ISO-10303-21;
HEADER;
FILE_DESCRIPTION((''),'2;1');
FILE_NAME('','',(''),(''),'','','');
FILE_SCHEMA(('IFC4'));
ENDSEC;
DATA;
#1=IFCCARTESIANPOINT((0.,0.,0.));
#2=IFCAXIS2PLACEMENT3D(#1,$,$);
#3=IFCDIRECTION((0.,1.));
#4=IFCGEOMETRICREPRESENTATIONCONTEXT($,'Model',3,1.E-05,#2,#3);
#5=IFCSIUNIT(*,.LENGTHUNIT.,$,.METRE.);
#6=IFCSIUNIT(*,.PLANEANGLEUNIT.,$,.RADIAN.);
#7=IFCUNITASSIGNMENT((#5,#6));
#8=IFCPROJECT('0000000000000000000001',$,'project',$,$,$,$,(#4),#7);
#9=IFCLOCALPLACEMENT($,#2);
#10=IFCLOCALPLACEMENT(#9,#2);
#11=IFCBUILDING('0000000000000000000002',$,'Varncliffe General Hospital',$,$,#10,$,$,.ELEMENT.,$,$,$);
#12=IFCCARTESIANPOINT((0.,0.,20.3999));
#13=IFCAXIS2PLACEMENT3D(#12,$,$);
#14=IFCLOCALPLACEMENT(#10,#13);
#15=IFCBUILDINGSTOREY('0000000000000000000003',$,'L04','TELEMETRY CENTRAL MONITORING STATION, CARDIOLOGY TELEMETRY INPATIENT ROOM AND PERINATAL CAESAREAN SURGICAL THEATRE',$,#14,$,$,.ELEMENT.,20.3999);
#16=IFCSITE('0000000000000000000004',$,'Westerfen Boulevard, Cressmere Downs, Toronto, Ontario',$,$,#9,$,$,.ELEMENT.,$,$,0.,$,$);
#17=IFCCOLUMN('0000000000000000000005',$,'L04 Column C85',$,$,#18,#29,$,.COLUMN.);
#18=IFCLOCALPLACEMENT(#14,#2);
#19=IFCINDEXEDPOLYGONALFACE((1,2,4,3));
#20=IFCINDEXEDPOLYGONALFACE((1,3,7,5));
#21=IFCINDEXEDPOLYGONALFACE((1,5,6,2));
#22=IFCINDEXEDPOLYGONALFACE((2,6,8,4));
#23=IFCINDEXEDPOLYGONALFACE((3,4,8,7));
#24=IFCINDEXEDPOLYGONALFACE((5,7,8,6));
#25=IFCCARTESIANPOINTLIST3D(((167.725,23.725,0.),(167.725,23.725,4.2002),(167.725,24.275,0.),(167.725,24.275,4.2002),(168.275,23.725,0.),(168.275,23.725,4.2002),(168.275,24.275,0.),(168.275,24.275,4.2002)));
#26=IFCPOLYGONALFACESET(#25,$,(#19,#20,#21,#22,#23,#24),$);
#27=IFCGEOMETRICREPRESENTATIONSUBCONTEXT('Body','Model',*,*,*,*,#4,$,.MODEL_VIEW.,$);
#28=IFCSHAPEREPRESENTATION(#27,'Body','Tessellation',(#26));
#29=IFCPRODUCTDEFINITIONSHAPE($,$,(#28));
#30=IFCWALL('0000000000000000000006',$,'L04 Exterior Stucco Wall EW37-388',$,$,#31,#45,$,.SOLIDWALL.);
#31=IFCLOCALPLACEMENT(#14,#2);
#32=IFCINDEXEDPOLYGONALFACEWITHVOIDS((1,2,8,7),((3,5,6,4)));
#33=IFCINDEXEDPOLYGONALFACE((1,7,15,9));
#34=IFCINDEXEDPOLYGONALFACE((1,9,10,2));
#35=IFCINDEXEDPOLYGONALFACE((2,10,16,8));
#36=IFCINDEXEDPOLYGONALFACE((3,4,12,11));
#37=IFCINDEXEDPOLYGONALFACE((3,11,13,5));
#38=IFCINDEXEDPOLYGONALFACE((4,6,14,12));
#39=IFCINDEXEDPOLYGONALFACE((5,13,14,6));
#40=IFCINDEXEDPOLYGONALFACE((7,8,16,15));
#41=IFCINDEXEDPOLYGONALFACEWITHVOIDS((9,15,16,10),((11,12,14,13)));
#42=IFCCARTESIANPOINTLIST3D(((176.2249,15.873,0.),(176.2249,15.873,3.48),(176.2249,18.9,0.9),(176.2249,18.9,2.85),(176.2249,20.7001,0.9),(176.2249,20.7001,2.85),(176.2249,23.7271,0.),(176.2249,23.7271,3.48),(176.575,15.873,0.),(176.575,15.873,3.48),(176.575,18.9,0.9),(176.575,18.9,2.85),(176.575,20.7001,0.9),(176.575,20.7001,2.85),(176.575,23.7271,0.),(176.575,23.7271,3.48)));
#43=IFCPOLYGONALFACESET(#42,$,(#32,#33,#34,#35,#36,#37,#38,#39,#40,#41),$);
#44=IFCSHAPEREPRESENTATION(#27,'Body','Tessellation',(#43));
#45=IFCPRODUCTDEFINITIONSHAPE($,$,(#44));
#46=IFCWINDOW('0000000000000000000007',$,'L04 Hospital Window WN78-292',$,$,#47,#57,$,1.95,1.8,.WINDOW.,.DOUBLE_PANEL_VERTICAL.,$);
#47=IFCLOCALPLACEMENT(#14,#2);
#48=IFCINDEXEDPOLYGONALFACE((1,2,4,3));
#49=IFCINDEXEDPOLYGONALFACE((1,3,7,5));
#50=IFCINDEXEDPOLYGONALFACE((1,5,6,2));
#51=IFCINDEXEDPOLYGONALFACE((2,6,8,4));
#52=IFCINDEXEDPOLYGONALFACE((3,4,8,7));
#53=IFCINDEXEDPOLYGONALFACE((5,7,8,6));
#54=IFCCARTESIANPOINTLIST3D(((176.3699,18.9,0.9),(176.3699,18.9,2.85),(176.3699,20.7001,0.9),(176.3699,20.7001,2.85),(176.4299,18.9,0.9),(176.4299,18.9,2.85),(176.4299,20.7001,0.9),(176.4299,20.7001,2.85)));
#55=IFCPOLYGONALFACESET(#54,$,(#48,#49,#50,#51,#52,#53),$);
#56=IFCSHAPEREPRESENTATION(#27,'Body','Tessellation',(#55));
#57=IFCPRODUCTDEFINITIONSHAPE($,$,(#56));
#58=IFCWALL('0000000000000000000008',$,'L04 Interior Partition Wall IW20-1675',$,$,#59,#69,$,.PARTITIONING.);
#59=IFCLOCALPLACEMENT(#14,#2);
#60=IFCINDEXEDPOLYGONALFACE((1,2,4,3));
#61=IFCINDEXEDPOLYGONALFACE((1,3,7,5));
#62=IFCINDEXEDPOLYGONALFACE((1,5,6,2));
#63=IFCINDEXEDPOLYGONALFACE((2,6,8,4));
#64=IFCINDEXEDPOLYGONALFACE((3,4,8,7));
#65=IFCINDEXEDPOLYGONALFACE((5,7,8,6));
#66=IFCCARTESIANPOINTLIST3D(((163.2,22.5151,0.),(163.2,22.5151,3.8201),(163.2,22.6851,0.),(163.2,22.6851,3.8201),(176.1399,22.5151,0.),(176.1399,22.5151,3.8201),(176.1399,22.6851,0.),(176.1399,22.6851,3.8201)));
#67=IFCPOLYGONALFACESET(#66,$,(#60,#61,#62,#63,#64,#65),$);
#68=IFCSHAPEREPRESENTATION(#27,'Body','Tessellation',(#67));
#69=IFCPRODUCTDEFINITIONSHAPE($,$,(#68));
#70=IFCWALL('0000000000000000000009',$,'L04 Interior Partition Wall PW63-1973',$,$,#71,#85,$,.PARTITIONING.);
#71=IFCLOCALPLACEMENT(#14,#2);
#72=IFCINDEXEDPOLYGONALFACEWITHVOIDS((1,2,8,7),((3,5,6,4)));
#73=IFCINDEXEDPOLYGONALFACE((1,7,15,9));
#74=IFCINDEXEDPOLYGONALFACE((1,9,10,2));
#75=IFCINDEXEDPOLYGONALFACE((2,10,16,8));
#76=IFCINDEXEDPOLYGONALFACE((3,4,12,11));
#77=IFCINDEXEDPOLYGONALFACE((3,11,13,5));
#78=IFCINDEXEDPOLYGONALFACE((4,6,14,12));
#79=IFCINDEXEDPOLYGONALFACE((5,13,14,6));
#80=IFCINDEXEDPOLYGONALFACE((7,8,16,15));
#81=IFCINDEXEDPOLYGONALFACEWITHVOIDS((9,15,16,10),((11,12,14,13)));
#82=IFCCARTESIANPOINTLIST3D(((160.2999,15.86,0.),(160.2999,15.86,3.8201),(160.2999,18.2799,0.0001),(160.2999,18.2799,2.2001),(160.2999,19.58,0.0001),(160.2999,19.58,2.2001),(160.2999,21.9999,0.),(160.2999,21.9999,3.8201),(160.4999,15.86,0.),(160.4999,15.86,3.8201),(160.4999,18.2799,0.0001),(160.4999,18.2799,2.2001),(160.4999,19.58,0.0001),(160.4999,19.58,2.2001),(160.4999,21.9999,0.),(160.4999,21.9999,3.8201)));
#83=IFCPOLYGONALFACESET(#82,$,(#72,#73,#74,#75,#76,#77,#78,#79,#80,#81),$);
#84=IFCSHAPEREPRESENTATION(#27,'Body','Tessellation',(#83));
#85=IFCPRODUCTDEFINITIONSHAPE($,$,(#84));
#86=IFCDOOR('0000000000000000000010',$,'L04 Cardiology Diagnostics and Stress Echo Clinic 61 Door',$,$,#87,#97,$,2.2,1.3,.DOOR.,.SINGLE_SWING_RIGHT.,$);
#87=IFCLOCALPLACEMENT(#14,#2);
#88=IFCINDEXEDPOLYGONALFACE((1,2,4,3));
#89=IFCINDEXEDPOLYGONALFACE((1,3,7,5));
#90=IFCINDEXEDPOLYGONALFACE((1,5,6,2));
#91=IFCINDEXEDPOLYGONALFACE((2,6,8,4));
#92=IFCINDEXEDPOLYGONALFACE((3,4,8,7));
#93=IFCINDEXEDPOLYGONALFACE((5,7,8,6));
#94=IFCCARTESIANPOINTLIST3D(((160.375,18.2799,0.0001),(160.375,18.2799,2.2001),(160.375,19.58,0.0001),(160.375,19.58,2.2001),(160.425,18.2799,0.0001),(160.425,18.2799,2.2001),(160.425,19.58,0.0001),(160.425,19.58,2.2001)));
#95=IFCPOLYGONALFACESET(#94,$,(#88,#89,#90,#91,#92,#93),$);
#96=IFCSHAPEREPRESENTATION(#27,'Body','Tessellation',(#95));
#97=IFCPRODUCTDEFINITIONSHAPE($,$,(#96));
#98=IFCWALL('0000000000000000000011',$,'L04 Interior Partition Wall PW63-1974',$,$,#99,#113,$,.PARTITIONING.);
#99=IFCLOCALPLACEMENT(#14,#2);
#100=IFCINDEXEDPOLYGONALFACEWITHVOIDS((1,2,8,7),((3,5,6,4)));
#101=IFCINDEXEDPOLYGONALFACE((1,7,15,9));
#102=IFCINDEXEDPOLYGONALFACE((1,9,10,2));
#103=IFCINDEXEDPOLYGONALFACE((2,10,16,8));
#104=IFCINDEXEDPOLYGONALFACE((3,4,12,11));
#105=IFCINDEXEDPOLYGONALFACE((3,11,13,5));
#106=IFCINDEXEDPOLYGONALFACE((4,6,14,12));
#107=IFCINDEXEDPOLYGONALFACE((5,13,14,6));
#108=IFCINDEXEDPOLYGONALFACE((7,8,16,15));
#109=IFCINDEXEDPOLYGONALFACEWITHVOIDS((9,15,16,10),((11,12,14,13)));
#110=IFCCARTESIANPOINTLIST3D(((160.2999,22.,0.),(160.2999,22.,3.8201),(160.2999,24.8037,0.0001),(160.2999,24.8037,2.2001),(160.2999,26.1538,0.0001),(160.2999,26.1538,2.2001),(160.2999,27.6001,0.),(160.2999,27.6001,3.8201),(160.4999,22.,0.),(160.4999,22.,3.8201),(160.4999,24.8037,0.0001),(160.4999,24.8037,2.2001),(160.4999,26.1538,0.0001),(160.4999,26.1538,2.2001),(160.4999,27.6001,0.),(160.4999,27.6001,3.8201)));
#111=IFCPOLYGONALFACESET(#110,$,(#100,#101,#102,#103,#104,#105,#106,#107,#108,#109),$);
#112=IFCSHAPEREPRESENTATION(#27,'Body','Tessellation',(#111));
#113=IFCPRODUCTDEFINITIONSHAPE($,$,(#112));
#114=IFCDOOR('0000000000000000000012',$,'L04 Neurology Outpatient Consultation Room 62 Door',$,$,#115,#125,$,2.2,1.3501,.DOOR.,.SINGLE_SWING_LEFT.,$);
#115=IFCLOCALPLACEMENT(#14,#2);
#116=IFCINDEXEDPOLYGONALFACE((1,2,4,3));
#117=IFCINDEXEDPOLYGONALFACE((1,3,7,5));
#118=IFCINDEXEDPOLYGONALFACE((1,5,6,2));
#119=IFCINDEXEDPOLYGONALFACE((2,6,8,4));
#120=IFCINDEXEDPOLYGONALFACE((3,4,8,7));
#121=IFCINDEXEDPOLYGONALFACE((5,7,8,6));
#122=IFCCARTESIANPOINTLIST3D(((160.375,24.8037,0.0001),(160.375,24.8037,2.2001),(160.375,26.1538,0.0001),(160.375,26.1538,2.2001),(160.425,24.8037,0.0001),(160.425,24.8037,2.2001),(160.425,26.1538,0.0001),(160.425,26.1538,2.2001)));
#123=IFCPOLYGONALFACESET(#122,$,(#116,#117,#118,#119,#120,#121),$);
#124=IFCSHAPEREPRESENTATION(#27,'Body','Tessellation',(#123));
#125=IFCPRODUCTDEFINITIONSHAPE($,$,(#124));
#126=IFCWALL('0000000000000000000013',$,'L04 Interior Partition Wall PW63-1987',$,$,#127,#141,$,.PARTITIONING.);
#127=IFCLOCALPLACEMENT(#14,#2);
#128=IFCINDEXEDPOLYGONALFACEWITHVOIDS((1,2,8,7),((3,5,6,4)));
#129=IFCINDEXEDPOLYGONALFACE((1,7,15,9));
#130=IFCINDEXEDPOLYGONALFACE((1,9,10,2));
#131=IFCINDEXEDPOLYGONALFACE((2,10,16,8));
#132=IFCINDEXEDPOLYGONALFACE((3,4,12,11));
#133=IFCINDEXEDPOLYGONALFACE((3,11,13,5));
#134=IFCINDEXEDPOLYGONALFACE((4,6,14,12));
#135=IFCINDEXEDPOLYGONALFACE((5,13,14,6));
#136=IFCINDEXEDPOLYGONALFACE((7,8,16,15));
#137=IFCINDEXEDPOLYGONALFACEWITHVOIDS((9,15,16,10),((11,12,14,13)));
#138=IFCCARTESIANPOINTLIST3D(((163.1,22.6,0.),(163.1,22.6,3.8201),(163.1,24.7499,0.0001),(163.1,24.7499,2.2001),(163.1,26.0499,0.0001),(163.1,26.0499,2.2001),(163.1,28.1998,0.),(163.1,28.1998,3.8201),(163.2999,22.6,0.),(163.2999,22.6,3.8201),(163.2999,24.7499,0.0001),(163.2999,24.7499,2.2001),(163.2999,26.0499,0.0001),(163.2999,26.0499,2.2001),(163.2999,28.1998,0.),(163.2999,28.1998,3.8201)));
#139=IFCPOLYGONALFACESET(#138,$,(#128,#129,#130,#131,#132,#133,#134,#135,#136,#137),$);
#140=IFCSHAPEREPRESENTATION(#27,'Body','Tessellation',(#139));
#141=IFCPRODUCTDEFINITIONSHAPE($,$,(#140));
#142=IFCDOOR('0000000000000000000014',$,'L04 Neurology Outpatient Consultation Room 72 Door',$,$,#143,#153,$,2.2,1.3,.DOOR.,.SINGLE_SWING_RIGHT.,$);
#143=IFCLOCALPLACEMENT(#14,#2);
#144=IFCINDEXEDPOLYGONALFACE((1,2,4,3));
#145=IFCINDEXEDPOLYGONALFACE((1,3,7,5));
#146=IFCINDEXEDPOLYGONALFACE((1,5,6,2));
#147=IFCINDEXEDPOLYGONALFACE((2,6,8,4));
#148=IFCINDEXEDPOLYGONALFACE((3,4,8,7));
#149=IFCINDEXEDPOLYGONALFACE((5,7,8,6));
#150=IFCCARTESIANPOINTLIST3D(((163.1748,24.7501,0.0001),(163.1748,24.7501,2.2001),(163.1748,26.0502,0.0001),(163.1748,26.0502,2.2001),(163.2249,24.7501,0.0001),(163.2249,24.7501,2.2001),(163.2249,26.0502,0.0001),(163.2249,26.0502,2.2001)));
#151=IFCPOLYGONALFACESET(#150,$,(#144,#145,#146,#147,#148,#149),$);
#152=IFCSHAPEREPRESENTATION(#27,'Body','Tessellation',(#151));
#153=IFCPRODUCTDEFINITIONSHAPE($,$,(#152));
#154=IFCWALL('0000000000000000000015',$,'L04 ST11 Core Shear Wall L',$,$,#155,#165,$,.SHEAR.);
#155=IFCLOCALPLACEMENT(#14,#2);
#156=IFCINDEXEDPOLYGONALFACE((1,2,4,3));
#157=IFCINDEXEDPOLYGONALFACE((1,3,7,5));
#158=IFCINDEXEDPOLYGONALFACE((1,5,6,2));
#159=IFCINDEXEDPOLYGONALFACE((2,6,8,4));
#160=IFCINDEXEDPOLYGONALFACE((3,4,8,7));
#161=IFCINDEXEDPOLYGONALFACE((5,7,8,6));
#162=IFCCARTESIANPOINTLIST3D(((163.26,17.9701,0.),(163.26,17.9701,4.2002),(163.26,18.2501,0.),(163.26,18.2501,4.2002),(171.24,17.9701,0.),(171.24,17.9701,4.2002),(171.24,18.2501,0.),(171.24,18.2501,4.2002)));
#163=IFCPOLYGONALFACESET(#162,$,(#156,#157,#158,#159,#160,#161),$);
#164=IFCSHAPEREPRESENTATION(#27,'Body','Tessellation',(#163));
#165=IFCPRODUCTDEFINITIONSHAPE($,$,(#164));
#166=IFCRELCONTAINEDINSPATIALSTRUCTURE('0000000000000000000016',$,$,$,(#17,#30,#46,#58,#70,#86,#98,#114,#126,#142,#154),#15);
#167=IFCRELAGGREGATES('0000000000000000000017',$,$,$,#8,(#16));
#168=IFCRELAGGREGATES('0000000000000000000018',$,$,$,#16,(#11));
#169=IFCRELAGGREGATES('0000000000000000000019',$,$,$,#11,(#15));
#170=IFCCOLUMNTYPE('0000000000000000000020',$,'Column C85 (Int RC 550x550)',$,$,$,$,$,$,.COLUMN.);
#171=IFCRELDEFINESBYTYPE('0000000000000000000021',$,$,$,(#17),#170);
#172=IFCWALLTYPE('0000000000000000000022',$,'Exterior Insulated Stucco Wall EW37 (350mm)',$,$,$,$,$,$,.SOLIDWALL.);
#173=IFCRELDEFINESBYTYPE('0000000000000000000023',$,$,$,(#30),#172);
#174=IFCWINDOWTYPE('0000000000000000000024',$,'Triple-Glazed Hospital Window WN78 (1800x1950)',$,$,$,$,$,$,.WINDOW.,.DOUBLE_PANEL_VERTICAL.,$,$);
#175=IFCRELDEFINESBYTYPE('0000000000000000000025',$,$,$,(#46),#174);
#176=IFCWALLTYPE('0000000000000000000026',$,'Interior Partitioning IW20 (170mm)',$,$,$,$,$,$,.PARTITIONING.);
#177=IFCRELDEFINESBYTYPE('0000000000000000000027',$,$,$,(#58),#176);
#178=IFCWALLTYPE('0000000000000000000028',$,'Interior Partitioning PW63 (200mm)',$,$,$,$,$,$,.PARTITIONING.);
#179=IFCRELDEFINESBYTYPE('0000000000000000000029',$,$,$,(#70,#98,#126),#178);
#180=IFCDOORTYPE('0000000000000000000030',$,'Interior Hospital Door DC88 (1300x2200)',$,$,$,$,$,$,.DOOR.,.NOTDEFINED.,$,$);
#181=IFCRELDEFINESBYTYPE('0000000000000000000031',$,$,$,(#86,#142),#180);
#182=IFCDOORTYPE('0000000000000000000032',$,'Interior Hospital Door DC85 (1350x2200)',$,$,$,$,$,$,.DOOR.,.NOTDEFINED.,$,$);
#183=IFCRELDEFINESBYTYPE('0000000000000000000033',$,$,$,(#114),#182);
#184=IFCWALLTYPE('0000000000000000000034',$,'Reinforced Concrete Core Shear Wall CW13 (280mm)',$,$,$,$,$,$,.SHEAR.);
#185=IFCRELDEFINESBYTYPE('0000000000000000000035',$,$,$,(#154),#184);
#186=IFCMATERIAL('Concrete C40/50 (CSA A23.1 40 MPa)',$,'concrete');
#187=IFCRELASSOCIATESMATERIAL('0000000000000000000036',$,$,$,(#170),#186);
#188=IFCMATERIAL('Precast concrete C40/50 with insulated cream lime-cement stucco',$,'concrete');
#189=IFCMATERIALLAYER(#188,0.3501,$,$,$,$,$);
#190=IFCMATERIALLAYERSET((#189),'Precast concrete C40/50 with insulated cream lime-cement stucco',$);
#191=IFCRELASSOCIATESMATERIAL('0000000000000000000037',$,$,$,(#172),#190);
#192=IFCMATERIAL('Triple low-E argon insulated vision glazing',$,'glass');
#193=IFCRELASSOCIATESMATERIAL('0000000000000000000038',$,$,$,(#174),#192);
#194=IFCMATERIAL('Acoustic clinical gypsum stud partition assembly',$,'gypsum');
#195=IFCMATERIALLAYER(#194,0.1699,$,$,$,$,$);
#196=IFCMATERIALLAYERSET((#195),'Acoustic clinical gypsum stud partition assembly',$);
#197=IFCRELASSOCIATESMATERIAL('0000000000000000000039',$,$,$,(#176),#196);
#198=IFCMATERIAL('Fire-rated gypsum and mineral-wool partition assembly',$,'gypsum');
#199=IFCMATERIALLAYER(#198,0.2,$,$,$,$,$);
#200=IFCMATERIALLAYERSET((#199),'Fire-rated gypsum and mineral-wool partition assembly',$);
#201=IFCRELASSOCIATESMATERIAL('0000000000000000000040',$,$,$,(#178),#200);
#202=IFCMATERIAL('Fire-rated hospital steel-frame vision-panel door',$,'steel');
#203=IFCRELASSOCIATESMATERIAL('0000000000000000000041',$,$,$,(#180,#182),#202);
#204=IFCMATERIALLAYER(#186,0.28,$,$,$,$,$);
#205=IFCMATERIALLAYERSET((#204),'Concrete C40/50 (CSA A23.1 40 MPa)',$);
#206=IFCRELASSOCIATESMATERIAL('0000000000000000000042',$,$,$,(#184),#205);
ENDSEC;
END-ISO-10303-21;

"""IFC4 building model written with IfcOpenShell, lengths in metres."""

from ifc_helpers import new_model, si_unit, direction, frame, frame_2d, origin, origin_2d, place, context, subcontext, project, spatial, rectangle, extrude, material, layer, layer_set, material_profile, profile_set, type_object, element, fill, save


model = new_model("IFC4")

# Units and contexts
model_context = context("Model", 3, precision=1e-05, world=origin(), true_north=direction((0.0, 1.0)))
body_context = subcontext(model_context, "Body", "Model", "MODEL_VIEW")
ifc_project = project(units=[si_unit("LENGTHUNIT", "METRE"), si_unit("PLANEANGLEUNIT", "RADIAN")], contexts=[model_context])

# Site, building, storey
site_placement = place(None, origin())
site = spatial("IfcSite", under=ifc_project, at=site_placement, Name="Westerfen Boulevard, Cressmere Downs, Toronto, Ontario", CompositionType="ELEMENT", RefElevation=0.0)
building_placement = place(site_placement, origin())
building = spatial("IfcBuilding", under=site, at=building_placement, Name="Varncliffe General Hospital", CompositionType="ELEMENT")
storey_placement = place(building_placement, frame((0.0, 0.0, 20.3999)))
storey = spatial("IfcBuildingStorey", under=building, at=storey_placement, Name="L04", Description="TELEMETRY CENTRAL MONITORING STATION, CARDIOLOGY TELEMETRY INPATIENT ROOM AND PERINATAL CAESAREAN SURGICAL THEATRE", CompositionType="ELEMENT", Elevation=20.3999)

# Column
ifc_material_1 = material(Name="Concrete C40/50 (CSA A23.1 40 MPa)", Category="concrete")
ifc_material_profile = material_profile(ifc_material_1, rectangle(XDim=0.55, YDim=0.55, at=origin_2d()), Name="RC 550x550")
ifc_profile_set = profile_set([ifc_material_profile], Name="Concrete C40/50 (CSA A23.1 40 MPa)")
column_type = type_object("IfcColumnType", Name="Column C85 (Int RC 550x550)", PredefinedType="COLUMN", material=ifc_profile_set)
column_placement = place(storey_placement, frame((168.0, 24.0, 0.0), z_axis=(0.0, 0.0, 1.0), x_axis=(1.0, 0.0, 0.0)))
element("IfcColumn", 1, at=column_placement, inside=storey, type_object=column_type, Name="L04 Column C85", PredefinedType="COLUMN", context=body_context, shape_type="SweptSolid", body=[
    extrude(rectangle(XDim=0.55, YDim=0.55, at=origin_2d()), origin(), (0.0, 0.0, 1.0), 4.2002),
])

# Wall, opening, window
ifc_material_2 = material(Name="Precast concrete C40/50 with insulated cream lime-cement stucco", Category="concrete")
ifc_layer_1 = layer(ifc_material_2, 0.3501)
ifc_layer_set_1 = layer_set([ifc_layer_1], Name="Precast concrete C40/50 with insulated cream lime-cement stucco")
wall_type_1 = type_object("IfcWallType", Name="Exterior Insulated Stucco Wall EW37 (350mm)", PredefinedType="SOLIDWALL", material=ifc_layer_set_1)
wall_1_placement = place(storey_placement, frame((176.3999, 23.7271, 0.0), z_axis=(0.0, 0.0, 1.0), x_axis=(0.0, -1.0, 0.0)))
wall_1 = element("IfcWall", 2, at=wall_1_placement, inside=storey, type_object=wall_type_1, Name="L04 Exterior Stucco Wall EW37-388", PredefinedType="SOLIDWALL", context=body_context, shape_type="SweptSolid", body=[
    extrude(rectangle(XDim=7.854, YDim=0.3501, at=frame_2d((3.927, 0.0))), origin(), (0.0, 0.0, 1.0), 3.48),
])
opening_1_placement = place(wall_1_placement, frame((3.0271, 0.0, 0.8999)))
opening_1 = element("IfcOpeningElement", 3, at=opening_1_placement, cuts=wall_1, PredefinedType="OPENING", context=body_context, shape_type="SweptSolid", body=[
    extrude(rectangle(XDim=1.8, YDim=1.95, at=frame_2d((0.8999, 0.9751))), frame((0.0, 0.1851, 0.0), z_axis=(0.0, -1.0, 0.0), x_axis=(1.0, 0.0, 0.0)), (0.0, 0.0, 1.0), 0.3701),
])
ifc_material_3 = material(Name="Triple low-E argon insulated vision glazing", Category="glass")
window_type = type_object("IfcWindowType", Name="Triple-Glazed Hospital Window WN78 (1800x1950)", PartitioningType="DOUBLE_PANEL_VERTICAL", PredefinedType="WINDOW", material=ifc_material_3)
window_placement = place(opening_1_placement, origin())
window = element("IfcWindow", 4, at=window_placement, inside=storey, type_object=window_type, Name="L04 Hospital Window WN78-292", OverallHeight=1.95, OverallWidth=1.8, PartitioningType="DOUBLE_PANEL_VERTICAL", PredefinedType="WINDOW", context=body_context, shape_type="SweptSolid", body=[
    extrude(rectangle(XDim=1.8, YDim=1.95, at=frame_2d((0.8999, 0.9751))), frame((0.0, 0.03, 0.0), z_axis=(0.0, -1.0, 0.0), x_axis=(1.0, 0.0, 0.0)), (0.0, 0.0, 1.0), 0.0601),
])
fill(opening_1, window)

# Wall
ifc_material_4 = material(Name="Acoustic clinical gypsum stud partition assembly", Category="gypsum")
ifc_layer_2 = layer(ifc_material_4, 0.1699)
ifc_layer_set_2 = layer_set([ifc_layer_2], Name="Acoustic clinical gypsum stud partition assembly")
wall_type_2 = type_object("IfcWallType", Name="Interior Partitioning IW20 (170mm)", PredefinedType="PARTITIONING", material=ifc_layer_set_2)
wall_2_placement = place(storey_placement, frame((163.2, 22.6001, 0.0), z_axis=(0.0, 0.0, 1.0), x_axis=(1.0, 0.0, 0.0)))
element("IfcWall", 5, at=wall_2_placement, inside=storey, type_object=wall_type_2, Name="L04 Interior Partition Wall IW20-1675", PredefinedType="PARTITIONING", context=body_context, shape_type="SweptSolid", body=[
    extrude(rectangle(XDim=12.9399, YDim=0.1699, at=frame_2d((6.47, 0.0))), origin(), (0.0, 0.0, 1.0), 3.8201),
])

# Walls, openings, doors
ifc_material_5 = material(Name="Fire-rated gypsum and mineral-wool partition assembly", Category="gypsum")
ifc_layer_3 = layer(ifc_material_5, 0.2)
ifc_layer_set_3 = layer_set([ifc_layer_3], Name="Fire-rated gypsum and mineral-wool partition assembly")
wall_type_3 = type_object("IfcWallType", Name="Interior Partitioning PW63 (200mm)", PredefinedType="PARTITIONING", material=ifc_layer_set_3)
wall_3_placement = place(storey_placement, frame((160.3999, 15.8601, 0.0), z_axis=(0.0, 0.0, 1.0), x_axis=(0.0, 1.0, 0.0)))
wall_3 = element("IfcWall", 6, at=wall_3_placement, inside=storey, type_object=wall_type_3, Name="L04 Interior Partition Wall PW63-1973", PredefinedType="PARTITIONING", context=body_context, shape_type="SweptSolid", body=[
    extrude(rectangle(XDim=6.1399, YDim=0.2, at=frame_2d((3.0698, 0.0))), origin(), (0.0, 0.0, 1.0), 3.8201),
])
opening_2_placement = place(wall_3_placement, frame((2.4199, 0.0, 0.0)))
opening_2 = element("IfcOpeningElement", 7, at=opening_2_placement, cuts=wall_3, PredefinedType="OPENING", context=body_context, shape_type="SweptSolid", body=[
    extrude(rectangle(XDim=1.3, YDim=2.2, at=frame_2d((0.6499, 1.1001))), frame((0.0, 0.1099, 0.0), z_axis=(0.0, -1.0, 0.0), x_axis=(1.0, 0.0, 0.0)), (0.0, 0.0, 1.0), 0.22),
])
ifc_material_6 = material(Name="Fire-rated hospital steel-frame vision-panel door", Category="steel")
door_type_1 = type_object("IfcDoorType", Name="Interior Hospital Door DC88 (1300x2200)", OperationType="NOTDEFINED", PredefinedType="DOOR", material=ifc_material_6)
door_1_placement = place(opening_2_placement, origin())
door_1 = element("IfcDoor", 8, at=door_1_placement, inside=storey, type_object=door_type_1, Name="L04 Cardiology Diagnostics and Stress Echo Clinic 61 Door", OperationType="SINGLE_SWING_RIGHT", OverallHeight=2.2, OverallWidth=1.3, PredefinedType="DOOR", context=body_context, shape_type="SweptSolid", body=[
    extrude(rectangle(XDim=1.3, YDim=2.2, at=frame_2d((0.6499, 1.1001))), frame((0.0, 0.0249, 0.0), z_axis=(0.0, -1.0, 0.0), x_axis=(1.0, 0.0, 0.0)), (0.0, 0.0, 1.0), 0.05),
])
fill(opening_2, door_1)
wall_4_placement = place(storey_placement, frame((160.3999, 22.0, 0.0), z_axis=(0.0, 0.0, 1.0), x_axis=(0.0, 1.0, 0.0)))
wall_4 = element("IfcWall", 9, at=wall_4_placement, inside=storey, type_object=wall_type_3, Name="L04 Interior Partition Wall PW63-1974", PredefinedType="PARTITIONING", context=body_context, shape_type="SweptSolid", body=[
    extrude(rectangle(XDim=5.6001, YDim=0.2, at=frame_2d((2.8, 0.0))), origin(), (0.0, 0.0, 1.0), 3.8201),
])
opening_3_placement = place(wall_4_placement, frame((2.8037, 0.0, 0.0)))
opening_3 = element("IfcOpeningElement", 10, at=opening_3_placement, cuts=wall_4, PredefinedType="OPENING", context=body_context, shape_type="SweptSolid", body=[
    extrude(rectangle(XDim=1.3501, YDim=2.2, at=frame_2d((0.675, 1.1001))), frame((0.0, 0.1099, 0.0), z_axis=(0.0, -1.0, 0.0), x_axis=(1.0, 0.0, 0.0)), (0.0, 0.0, 1.0), 0.22),
])
door_type_2 = type_object("IfcDoorType", Name="Interior Hospital Door DC85 (1350x2200)", OperationType="NOTDEFINED", PredefinedType="DOOR", material=ifc_material_6)
door_2_placement = place(opening_3_placement, origin())
door_2 = element("IfcDoor", 11, at=door_2_placement, inside=storey, type_object=door_type_2, Name="L04 Neurology Outpatient Consultation Room 62 Door", OperationType="SINGLE_SWING_LEFT", OverallHeight=2.2, OverallWidth=1.3501, PredefinedType="DOOR", context=body_context, shape_type="SweptSolid", body=[
    extrude(rectangle(XDim=1.3501, YDim=2.2, at=frame_2d((0.675, 1.1001))), frame((0.0, 0.0249, 0.0), z_axis=(0.0, -1.0, 0.0), x_axis=(1.0, 0.0, 0.0)), (0.0, 0.0, 1.0), 0.05),
])
fill(opening_3, door_2)
wall_5_placement = place(storey_placement, frame((163.2, 22.6001, 0.0), z_axis=(0.0, 0.0, 1.0), x_axis=(0.0, 1.0, 0.0)))
wall_5 = element("IfcWall", 12, at=wall_5_placement, inside=storey, type_object=wall_type_3, Name="L04 Interior Partition Wall PW63-1987", PredefinedType="PARTITIONING", context=body_context, shape_type="SweptSolid", body=[
    extrude(rectangle(XDim=5.5999, YDim=0.2, at=frame_2d((2.7998, 0.0))), origin(), (0.0, 0.0, 1.0), 3.8201),
])
opening_4_placement = place(wall_5_placement, frame((2.1499, 0.0, 0.0)))
opening_4 = element("IfcOpeningElement", 13, at=opening_4_placement, cuts=wall_5, PredefinedType="OPENING", context=body_context, shape_type="SweptSolid", body=[
    extrude(rectangle(XDim=1.3, YDim=2.2, at=frame_2d((0.6499, 1.1001))), frame((0.0, 0.1099, 0.0), z_axis=(0.0, -1.0, 0.0), x_axis=(1.0, 0.0, 0.0)), (0.0, 0.0, 1.0), 0.22),
])
door_3_placement = place(opening_4_placement, frame((1.3, 0.0, 0.0), z_axis=(0.0, 0.0, 1.0), x_axis=(-1.0, 0.0, 0.0)))
door_3 = element("IfcDoor", 14, at=door_3_placement, inside=storey, type_object=door_type_1, Name="L04 Neurology Outpatient Consultation Room 72 Door", OperationType="SINGLE_SWING_RIGHT", OverallHeight=2.2, OverallWidth=1.3, PredefinedType="DOOR", context=body_context, shape_type="SweptSolid", body=[
    extrude(rectangle(XDim=1.3, YDim=2.2, at=frame_2d((0.6499, 1.1001))), frame((0.0, 0.0249, 0.0), z_axis=(0.0, -1.0, 0.0), x_axis=(1.0, 0.0, 0.0)), (0.0, 0.0, 1.0), 0.05),
])
fill(opening_4, door_3)

# Wall
ifc_layer_4 = layer(ifc_material_1, 0.28)
ifc_layer_set_4 = layer_set([ifc_layer_4], Name="Concrete C40/50 (CSA A23.1 40 MPa)")
wall_type_4 = type_object("IfcWallType", Name="Reinforced Concrete Core Shear Wall CW13 (280mm)", PredefinedType="SHEAR", material=ifc_layer_set_4)
wall_6_placement = place(storey_placement, frame((163.26, 18.1101, 0.0), z_axis=(0.0, 0.0, 1.0), x_axis=(1.0, 0.0, 0.0)))
element("IfcWall", 15, at=wall_6_placement, inside=storey, type_object=wall_type_4, Name="L04 ST11 Core Shear Wall L", PredefinedType="SHEAR", context=body_context, shape_type="SweptSolid", body=[
    extrude(rectangle(XDim=7.98, YDim=0.28, at=frame_2d((3.99, 0.0))), origin(), (0.0, 0.0, 1.0), 4.2002),
])

save(model, "model.ifc")
